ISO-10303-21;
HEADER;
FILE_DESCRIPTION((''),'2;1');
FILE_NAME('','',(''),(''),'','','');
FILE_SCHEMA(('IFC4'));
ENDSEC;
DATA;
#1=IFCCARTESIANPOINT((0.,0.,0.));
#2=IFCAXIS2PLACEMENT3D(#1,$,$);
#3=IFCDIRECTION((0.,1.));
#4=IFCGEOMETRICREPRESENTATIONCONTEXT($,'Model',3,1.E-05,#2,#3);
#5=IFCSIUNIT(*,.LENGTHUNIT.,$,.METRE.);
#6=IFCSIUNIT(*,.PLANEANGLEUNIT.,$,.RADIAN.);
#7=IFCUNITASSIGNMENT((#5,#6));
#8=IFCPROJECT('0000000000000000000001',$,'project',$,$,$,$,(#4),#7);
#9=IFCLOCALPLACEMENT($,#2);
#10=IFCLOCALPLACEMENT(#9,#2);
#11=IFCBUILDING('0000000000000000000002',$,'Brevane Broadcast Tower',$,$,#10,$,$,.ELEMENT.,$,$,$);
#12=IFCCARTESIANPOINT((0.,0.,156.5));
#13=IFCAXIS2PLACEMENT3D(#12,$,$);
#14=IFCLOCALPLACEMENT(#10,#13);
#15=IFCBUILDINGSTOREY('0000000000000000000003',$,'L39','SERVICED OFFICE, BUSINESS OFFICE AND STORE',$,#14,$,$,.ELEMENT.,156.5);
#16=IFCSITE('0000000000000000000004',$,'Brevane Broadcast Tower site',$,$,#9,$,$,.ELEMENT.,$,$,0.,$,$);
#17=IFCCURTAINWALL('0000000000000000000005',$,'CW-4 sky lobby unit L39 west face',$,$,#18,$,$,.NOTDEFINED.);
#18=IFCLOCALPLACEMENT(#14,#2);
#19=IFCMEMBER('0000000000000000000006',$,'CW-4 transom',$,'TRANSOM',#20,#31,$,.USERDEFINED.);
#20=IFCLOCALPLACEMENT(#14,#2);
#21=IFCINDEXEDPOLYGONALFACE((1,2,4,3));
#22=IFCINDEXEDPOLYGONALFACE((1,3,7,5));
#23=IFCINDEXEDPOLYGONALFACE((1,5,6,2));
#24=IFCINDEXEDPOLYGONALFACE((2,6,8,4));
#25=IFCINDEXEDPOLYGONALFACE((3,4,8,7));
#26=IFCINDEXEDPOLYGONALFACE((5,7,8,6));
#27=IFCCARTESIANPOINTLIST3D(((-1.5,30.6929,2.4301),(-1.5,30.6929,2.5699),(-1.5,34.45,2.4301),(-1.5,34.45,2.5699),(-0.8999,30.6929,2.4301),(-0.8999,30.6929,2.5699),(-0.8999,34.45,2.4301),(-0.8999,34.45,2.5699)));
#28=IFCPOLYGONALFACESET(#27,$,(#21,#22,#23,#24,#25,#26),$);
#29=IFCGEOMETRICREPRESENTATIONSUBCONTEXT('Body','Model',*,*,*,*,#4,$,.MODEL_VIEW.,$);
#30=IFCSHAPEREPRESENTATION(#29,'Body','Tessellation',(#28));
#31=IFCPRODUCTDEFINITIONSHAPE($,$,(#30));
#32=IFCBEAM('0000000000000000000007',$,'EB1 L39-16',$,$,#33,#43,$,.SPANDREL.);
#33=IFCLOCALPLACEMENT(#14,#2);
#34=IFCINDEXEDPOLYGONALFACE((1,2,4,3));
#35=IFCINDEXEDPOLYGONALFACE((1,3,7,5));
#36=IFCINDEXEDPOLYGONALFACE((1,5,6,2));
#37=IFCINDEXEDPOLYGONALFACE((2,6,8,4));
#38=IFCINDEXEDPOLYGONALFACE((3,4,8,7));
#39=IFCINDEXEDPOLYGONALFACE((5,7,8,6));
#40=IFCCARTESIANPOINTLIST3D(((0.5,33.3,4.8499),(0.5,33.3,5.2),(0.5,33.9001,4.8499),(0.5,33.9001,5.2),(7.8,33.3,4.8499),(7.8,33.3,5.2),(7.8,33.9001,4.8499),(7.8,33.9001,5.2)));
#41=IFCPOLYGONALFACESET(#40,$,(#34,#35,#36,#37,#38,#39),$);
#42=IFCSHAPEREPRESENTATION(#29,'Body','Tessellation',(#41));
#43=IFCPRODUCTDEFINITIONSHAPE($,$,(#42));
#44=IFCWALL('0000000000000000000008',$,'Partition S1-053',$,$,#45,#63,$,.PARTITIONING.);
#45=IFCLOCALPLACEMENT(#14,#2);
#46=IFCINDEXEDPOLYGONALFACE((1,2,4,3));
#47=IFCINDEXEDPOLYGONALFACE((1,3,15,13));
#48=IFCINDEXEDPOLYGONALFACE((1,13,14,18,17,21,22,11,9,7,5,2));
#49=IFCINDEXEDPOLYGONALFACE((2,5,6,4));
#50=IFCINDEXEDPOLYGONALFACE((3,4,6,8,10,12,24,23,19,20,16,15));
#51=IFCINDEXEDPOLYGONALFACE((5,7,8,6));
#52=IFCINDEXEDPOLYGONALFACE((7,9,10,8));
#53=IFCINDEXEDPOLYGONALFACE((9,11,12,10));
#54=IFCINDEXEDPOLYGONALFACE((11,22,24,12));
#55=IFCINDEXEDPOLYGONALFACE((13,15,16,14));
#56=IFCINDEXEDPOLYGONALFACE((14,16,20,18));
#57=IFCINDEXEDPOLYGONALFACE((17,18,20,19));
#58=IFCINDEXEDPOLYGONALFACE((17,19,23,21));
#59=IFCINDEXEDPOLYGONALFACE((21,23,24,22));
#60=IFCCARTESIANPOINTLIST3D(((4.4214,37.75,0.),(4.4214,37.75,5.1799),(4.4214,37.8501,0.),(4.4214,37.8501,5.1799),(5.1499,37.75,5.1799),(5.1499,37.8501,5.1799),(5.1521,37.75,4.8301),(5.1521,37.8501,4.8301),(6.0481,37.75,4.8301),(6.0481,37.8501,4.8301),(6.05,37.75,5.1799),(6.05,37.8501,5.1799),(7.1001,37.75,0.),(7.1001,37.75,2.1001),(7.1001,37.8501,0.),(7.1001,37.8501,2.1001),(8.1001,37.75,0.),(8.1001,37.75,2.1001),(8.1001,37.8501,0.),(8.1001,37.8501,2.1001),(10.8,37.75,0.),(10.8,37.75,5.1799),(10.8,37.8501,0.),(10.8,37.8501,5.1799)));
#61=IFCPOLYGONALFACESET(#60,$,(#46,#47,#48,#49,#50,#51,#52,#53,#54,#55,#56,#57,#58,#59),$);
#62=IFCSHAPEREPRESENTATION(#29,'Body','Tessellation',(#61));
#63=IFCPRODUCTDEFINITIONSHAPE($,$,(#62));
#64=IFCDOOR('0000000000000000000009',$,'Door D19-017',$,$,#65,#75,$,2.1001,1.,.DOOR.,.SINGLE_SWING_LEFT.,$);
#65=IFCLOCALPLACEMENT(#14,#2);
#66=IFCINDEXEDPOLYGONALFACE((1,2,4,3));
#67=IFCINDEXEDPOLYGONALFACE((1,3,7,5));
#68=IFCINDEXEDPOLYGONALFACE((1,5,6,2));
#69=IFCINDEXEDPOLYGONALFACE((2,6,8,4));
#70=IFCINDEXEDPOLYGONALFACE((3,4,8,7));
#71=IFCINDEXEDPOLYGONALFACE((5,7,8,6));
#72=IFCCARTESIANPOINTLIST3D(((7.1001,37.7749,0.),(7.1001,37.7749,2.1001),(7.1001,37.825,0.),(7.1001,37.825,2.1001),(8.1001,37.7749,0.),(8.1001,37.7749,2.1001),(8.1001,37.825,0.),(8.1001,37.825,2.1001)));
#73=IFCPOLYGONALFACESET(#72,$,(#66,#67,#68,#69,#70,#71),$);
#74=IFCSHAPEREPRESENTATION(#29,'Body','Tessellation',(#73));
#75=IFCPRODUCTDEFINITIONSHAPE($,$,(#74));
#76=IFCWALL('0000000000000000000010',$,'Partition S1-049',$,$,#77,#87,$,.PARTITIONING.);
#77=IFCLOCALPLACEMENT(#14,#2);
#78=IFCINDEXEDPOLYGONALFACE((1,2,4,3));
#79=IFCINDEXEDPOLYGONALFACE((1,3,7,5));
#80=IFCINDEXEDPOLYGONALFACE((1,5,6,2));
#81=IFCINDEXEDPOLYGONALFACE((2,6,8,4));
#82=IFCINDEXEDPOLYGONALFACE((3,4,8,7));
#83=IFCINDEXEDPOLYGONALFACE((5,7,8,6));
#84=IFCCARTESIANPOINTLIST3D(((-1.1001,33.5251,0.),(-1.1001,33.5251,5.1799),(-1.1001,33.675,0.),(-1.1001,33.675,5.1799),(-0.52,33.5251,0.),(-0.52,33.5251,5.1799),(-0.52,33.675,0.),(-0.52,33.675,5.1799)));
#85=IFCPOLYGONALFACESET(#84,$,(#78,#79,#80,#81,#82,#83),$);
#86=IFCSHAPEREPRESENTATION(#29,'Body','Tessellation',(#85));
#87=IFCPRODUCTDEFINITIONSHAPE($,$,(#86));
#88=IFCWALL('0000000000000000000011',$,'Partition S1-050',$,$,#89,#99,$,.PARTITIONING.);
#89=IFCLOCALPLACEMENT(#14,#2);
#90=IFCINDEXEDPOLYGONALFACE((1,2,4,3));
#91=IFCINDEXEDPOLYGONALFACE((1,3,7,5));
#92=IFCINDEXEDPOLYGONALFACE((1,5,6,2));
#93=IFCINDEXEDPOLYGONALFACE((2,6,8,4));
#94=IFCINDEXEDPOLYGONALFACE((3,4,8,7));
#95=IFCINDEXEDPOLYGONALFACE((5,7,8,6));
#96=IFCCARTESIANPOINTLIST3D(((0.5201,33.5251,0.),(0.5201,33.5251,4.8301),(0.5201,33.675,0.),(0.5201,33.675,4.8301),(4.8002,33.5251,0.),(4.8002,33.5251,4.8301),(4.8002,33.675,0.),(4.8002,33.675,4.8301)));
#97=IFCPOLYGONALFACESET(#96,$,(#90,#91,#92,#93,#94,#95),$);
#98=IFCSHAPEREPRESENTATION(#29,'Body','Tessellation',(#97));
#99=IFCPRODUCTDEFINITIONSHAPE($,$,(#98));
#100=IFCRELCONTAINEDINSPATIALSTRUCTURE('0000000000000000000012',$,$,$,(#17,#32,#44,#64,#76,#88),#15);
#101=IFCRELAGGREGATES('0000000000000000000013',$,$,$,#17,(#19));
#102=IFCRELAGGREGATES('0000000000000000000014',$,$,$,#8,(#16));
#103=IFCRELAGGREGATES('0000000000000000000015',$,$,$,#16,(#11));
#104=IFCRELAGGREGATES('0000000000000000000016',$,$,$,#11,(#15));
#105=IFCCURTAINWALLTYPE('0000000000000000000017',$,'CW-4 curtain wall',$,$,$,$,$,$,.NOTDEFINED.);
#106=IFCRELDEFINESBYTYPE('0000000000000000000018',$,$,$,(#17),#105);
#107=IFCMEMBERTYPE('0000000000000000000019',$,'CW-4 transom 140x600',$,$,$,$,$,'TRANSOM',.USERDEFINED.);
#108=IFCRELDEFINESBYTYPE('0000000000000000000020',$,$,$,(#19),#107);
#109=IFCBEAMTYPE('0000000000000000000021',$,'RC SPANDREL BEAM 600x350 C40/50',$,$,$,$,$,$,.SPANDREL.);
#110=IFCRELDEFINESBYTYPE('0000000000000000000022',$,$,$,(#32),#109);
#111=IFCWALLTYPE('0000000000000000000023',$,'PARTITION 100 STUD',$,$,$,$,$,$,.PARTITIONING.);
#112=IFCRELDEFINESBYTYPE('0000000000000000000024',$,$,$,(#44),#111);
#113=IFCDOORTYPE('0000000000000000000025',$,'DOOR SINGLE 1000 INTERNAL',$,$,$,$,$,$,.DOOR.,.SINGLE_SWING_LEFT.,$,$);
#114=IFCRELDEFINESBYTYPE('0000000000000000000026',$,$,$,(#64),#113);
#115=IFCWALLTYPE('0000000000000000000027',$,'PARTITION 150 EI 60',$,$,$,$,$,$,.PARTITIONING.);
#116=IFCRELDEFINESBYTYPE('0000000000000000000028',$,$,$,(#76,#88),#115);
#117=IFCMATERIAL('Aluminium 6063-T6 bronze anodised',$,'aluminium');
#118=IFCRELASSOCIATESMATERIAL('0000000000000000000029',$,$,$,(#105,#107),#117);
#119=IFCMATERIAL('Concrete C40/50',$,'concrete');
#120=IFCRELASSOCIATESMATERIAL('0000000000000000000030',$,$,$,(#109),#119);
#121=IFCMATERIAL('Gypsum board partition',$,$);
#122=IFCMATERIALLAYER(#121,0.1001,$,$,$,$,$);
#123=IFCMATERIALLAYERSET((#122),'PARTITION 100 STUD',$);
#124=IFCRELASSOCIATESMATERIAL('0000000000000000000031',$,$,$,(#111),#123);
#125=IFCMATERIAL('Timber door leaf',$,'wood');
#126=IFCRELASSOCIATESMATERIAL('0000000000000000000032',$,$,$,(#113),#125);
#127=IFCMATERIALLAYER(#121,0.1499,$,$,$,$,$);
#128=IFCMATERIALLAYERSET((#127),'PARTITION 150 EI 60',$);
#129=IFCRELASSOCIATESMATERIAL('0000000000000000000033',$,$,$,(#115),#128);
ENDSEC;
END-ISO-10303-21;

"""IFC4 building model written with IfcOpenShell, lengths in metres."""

from ifc_helpers import new_model, si_unit, direction, frame, frame_2d, origin, origin_2d, place, context, subcontext, project, spatial, polyline, rectangle, outline, extrude, material, layer, layer_set, material_profile, profile_set, type_object, element, fill, aggregate, save


model = new_model("IFC4")

# Units and contexts
model_context = context("Model", 3, precision=1e-05, world=origin(), true_north=direction((0.0, 1.0)))
body_context = subcontext(model_context, "Body", "Model", "MODEL_VIEW")
ifc_project = project(units=[si_unit("LENGTHUNIT", "METRE"), si_unit("PLANEANGLEUNIT", "RADIAN")], contexts=[model_context])

# Site, building, storey
site_placement = place(None, origin())
site = spatial("IfcSite", under=ifc_project, at=site_placement, Name="Brevane Broadcast Tower site", CompositionType="ELEMENT", RefElevation=0.0)
building_placement = place(site_placement, origin())
building = spatial("IfcBuilding", under=site, at=building_placement, Name="Brevane Broadcast Tower", CompositionType="ELEMENT")
storey_placement = place(building_placement, frame((0.0, 0.0, 156.5)))
storey = spatial("IfcBuildingStorey", under=building, at=storey_placement, Name="L39", Description="SERVICED OFFICE, BUSINESS OFFICE AND STORE", CompositionType="ELEMENT", Elevation=156.5)

# Shared definitions
ifc_material_1 = material(Name="Aluminium 6063-T6 bronze anodised", Category="aluminium")
curtain_wall_type = type_object("IfcCurtainWallType", Name="CW-4 curtain wall", PredefinedType="NOTDEFINED", material=ifc_material_1)

# Curtain wall
curtain_wall_1_placement = place(storey_placement, origin())
curtain_wall_1 = element("IfcCurtainWall", 1, at=curtain_wall_1_placement, inside=storey, type_object=curtain_wall_type, Name="CW-4 sky lobby unit L39 west face", PredefinedType="NOTDEFINED")

# Member
ifc_material_profile_1 = material_profile(ifc_material_1, rectangle(XDim=0.6001, YDim=0.1399, at=origin_2d()), Name="RECT 140x600")
ifc_profile_set_1 = profile_set([ifc_material_profile_1], Name="Aluminium 6063-T6 bronze anodised")
member_type_1 = type_object("IfcMemberType", Name="CW-4 transom 140x600", ElementType="TRANSOM", PredefinedType="USERDEFINED", material=ifc_profile_set_1)
member_1_placement = place(storey_placement, frame((-1.2, 34.45, 2.5), z_axis=(0.0, -1.0, 0.0), x_axis=(1.0, 0.0, 0.0)))
member_1 = element("IfcMember", 2, at=member_1_placement, type_object=member_type_1, Name="CW-4 transom", ObjectType="TRANSOM", PredefinedType="USERDEFINED", context=body_context, shape_type="SweptSolid", body=[
    extrude(rectangle(XDim=0.6001, YDim=0.1399, at=origin_2d()), origin(), (0.0, 0.0, 1.0), 3.7571),
])
aggregate(curtain_wall_1, [member_1])

# Beam
ifc_material_2 = material(Name="Concrete C40/50", Category="concrete")
ifc_material_profile_2 = material_profile(ifc_material_2, rectangle(XDim=0.6001, YDim=0.3501, at=origin_2d()), Name="RC 600x350")
ifc_profile_set_2 = profile_set([ifc_material_profile_2], Name="Concrete C40/50")
beam_type = type_object("IfcBeamType", Name="RC SPANDREL BEAM 600x350 C40/50", PredefinedType="SPANDREL", material=ifc_profile_set_2)
beam_placement = place(storey_placement, frame((0.5, 33.6001, 5.0249), z_axis=(1.0, 0.0, 0.0), x_axis=(0.0, 1.0, 0.0)))
element("IfcBeam", 3, at=beam_placement, inside=storey, type_object=beam_type, Name="EB1 L39-16", PredefinedType="SPANDREL", context=body_context, shape_type="SweptSolid", body=[
    extrude(rectangle(XDim=0.6001, YDim=0.3501, at=origin_2d()), origin(), (0.0, 0.0, 1.0), 7.3),
])

# Wall, opening, door
ifc_material_3 = material(Name="Gypsum board partition")
ifc_layer_1 = layer(ifc_material_3, 0.1001)
ifc_layer_set_1 = layer_set([ifc_layer_1], Name="PARTITION 100 STUD")
wall_type_1 = type_object("IfcWallType", Name="PARTITION 100 STUD", PredefinedType="PARTITIONING", material=ifc_layer_set_1)
wall_1_placement = place(storey_placement, frame((4.4214, 37.8, 0.0), z_axis=(0.0, 0.0, 1.0), x_axis=(1.0, 0.0, 0.0)))
wall_1 = element("IfcWall", 4, at=wall_1_placement, inside=storey, type_object=wall_type_1, Name="Partition S1-053", PredefinedType="PARTITIONING", context=body_context, shape_type="SweptSolid", body=[
    extrude(outline(polyline([(0.0, 0.0), (6.3787, 0.0), (6.3787, 5.1799), (1.6287, 5.1799), (1.6267, 4.8301), (0.7307, 4.8301), (0.7285, 5.1799), (0.0786, 5.1799), (0.0, 5.1799), (0.0, 0.0)])), frame((0.0, 0.05, 0.0), z_axis=(0.0, -1.0, 0.0), x_axis=(1.0, 0.0, 0.0)), (0.0, 0.0, 1.0), 0.1001),
])
opening_placement = place(wall_1_placement, frame((2.6787, 0.0, 0.0)))
opening = element("IfcOpeningElement", 5, at=opening_placement, cuts=wall_1, PredefinedType="OPENING", context=body_context, shape_type="SweptSolid", body=[
    extrude(rectangle(XDim=1.0, YDim=2.1001, at=frame_2d((0.5, 1.05))), frame((0.0, 0.0601, 0.0), z_axis=(0.0, -1.0, 0.0), x_axis=(1.0, 0.0, 0.0)), (0.0, 0.0, 1.0), 0.1201),
])
ifc_material_4 = material(Name="Timber door leaf", Category="wood")
door_type = type_object("IfcDoorType", Name="DOOR SINGLE 1000 INTERNAL", OperationType="SINGLE_SWING_LEFT", PredefinedType="DOOR", material=ifc_material_4)
door_placement = place(opening_placement, origin())
door = element("IfcDoor", 6, at=door_placement, inside=storey, type_object=door_type, Name="Door D19-017", OperationType="SINGLE_SWING_LEFT", OverallHeight=2.1001, OverallWidth=1.0, PredefinedType="DOOR", context=body_context, shape_type="SweptSolid", body=[
    extrude(rectangle(XDim=1.0, YDim=2.1001, at=frame_2d((0.5, 1.05))), frame((0.0, 0.0249, 0.0), z_axis=(0.0, -1.0, 0.0), x_axis=(1.0, 0.0, 0.0)), (0.0, 0.0, 1.0), 0.05),
])
fill(opening, door)

# Walls
ifc_layer_2 = layer(ifc_material_3, 0.1499)
ifc_layer_set_2 = layer_set([ifc_layer_2], Name="PARTITION 150 EI 60")
wall_type_2 = type_object("IfcWallType", Name="PARTITION 150 EI 60", PredefinedType="PARTITIONING", material=ifc_layer_set_2)
wall_2_placement = place(storey_placement, frame((-1.1001, 33.6001, 0.0), z_axis=(0.0, 0.0, 1.0), x_axis=(1.0, 0.0, 0.0)))
element("IfcWall", 7, at=wall_2_placement, inside=storey, type_object=wall_type_2, Name="Partition S1-049", PredefinedType="PARTITIONING", context=body_context, shape_type="SweptSolid", body=[
    extrude(rectangle(XDim=0.5801, YDim=0.1499, at=frame_2d((0.29, 0.0))), origin(), (0.0, 0.0, 1.0), 5.1799),
])
wall_3_placement = place(storey_placement, frame((0.52, 33.6001, 0.0), z_axis=(0.0, 0.0, 1.0), x_axis=(1.0, 0.0, 0.0)))
element("IfcWall", 8, at=wall_3_placement, inside=storey, type_object=wall_type_2, Name="Partition S1-050", PredefinedType="PARTITIONING", context=body_context, shape_type="SweptSolid", body=[
    extrude(rectangle(XDim=4.28, YDim=0.1499, at=frame_2d((2.1401, 0.0))), origin(), (0.0, 0.0, 1.0), 4.8301),
])

save(model, "model.ifc")
